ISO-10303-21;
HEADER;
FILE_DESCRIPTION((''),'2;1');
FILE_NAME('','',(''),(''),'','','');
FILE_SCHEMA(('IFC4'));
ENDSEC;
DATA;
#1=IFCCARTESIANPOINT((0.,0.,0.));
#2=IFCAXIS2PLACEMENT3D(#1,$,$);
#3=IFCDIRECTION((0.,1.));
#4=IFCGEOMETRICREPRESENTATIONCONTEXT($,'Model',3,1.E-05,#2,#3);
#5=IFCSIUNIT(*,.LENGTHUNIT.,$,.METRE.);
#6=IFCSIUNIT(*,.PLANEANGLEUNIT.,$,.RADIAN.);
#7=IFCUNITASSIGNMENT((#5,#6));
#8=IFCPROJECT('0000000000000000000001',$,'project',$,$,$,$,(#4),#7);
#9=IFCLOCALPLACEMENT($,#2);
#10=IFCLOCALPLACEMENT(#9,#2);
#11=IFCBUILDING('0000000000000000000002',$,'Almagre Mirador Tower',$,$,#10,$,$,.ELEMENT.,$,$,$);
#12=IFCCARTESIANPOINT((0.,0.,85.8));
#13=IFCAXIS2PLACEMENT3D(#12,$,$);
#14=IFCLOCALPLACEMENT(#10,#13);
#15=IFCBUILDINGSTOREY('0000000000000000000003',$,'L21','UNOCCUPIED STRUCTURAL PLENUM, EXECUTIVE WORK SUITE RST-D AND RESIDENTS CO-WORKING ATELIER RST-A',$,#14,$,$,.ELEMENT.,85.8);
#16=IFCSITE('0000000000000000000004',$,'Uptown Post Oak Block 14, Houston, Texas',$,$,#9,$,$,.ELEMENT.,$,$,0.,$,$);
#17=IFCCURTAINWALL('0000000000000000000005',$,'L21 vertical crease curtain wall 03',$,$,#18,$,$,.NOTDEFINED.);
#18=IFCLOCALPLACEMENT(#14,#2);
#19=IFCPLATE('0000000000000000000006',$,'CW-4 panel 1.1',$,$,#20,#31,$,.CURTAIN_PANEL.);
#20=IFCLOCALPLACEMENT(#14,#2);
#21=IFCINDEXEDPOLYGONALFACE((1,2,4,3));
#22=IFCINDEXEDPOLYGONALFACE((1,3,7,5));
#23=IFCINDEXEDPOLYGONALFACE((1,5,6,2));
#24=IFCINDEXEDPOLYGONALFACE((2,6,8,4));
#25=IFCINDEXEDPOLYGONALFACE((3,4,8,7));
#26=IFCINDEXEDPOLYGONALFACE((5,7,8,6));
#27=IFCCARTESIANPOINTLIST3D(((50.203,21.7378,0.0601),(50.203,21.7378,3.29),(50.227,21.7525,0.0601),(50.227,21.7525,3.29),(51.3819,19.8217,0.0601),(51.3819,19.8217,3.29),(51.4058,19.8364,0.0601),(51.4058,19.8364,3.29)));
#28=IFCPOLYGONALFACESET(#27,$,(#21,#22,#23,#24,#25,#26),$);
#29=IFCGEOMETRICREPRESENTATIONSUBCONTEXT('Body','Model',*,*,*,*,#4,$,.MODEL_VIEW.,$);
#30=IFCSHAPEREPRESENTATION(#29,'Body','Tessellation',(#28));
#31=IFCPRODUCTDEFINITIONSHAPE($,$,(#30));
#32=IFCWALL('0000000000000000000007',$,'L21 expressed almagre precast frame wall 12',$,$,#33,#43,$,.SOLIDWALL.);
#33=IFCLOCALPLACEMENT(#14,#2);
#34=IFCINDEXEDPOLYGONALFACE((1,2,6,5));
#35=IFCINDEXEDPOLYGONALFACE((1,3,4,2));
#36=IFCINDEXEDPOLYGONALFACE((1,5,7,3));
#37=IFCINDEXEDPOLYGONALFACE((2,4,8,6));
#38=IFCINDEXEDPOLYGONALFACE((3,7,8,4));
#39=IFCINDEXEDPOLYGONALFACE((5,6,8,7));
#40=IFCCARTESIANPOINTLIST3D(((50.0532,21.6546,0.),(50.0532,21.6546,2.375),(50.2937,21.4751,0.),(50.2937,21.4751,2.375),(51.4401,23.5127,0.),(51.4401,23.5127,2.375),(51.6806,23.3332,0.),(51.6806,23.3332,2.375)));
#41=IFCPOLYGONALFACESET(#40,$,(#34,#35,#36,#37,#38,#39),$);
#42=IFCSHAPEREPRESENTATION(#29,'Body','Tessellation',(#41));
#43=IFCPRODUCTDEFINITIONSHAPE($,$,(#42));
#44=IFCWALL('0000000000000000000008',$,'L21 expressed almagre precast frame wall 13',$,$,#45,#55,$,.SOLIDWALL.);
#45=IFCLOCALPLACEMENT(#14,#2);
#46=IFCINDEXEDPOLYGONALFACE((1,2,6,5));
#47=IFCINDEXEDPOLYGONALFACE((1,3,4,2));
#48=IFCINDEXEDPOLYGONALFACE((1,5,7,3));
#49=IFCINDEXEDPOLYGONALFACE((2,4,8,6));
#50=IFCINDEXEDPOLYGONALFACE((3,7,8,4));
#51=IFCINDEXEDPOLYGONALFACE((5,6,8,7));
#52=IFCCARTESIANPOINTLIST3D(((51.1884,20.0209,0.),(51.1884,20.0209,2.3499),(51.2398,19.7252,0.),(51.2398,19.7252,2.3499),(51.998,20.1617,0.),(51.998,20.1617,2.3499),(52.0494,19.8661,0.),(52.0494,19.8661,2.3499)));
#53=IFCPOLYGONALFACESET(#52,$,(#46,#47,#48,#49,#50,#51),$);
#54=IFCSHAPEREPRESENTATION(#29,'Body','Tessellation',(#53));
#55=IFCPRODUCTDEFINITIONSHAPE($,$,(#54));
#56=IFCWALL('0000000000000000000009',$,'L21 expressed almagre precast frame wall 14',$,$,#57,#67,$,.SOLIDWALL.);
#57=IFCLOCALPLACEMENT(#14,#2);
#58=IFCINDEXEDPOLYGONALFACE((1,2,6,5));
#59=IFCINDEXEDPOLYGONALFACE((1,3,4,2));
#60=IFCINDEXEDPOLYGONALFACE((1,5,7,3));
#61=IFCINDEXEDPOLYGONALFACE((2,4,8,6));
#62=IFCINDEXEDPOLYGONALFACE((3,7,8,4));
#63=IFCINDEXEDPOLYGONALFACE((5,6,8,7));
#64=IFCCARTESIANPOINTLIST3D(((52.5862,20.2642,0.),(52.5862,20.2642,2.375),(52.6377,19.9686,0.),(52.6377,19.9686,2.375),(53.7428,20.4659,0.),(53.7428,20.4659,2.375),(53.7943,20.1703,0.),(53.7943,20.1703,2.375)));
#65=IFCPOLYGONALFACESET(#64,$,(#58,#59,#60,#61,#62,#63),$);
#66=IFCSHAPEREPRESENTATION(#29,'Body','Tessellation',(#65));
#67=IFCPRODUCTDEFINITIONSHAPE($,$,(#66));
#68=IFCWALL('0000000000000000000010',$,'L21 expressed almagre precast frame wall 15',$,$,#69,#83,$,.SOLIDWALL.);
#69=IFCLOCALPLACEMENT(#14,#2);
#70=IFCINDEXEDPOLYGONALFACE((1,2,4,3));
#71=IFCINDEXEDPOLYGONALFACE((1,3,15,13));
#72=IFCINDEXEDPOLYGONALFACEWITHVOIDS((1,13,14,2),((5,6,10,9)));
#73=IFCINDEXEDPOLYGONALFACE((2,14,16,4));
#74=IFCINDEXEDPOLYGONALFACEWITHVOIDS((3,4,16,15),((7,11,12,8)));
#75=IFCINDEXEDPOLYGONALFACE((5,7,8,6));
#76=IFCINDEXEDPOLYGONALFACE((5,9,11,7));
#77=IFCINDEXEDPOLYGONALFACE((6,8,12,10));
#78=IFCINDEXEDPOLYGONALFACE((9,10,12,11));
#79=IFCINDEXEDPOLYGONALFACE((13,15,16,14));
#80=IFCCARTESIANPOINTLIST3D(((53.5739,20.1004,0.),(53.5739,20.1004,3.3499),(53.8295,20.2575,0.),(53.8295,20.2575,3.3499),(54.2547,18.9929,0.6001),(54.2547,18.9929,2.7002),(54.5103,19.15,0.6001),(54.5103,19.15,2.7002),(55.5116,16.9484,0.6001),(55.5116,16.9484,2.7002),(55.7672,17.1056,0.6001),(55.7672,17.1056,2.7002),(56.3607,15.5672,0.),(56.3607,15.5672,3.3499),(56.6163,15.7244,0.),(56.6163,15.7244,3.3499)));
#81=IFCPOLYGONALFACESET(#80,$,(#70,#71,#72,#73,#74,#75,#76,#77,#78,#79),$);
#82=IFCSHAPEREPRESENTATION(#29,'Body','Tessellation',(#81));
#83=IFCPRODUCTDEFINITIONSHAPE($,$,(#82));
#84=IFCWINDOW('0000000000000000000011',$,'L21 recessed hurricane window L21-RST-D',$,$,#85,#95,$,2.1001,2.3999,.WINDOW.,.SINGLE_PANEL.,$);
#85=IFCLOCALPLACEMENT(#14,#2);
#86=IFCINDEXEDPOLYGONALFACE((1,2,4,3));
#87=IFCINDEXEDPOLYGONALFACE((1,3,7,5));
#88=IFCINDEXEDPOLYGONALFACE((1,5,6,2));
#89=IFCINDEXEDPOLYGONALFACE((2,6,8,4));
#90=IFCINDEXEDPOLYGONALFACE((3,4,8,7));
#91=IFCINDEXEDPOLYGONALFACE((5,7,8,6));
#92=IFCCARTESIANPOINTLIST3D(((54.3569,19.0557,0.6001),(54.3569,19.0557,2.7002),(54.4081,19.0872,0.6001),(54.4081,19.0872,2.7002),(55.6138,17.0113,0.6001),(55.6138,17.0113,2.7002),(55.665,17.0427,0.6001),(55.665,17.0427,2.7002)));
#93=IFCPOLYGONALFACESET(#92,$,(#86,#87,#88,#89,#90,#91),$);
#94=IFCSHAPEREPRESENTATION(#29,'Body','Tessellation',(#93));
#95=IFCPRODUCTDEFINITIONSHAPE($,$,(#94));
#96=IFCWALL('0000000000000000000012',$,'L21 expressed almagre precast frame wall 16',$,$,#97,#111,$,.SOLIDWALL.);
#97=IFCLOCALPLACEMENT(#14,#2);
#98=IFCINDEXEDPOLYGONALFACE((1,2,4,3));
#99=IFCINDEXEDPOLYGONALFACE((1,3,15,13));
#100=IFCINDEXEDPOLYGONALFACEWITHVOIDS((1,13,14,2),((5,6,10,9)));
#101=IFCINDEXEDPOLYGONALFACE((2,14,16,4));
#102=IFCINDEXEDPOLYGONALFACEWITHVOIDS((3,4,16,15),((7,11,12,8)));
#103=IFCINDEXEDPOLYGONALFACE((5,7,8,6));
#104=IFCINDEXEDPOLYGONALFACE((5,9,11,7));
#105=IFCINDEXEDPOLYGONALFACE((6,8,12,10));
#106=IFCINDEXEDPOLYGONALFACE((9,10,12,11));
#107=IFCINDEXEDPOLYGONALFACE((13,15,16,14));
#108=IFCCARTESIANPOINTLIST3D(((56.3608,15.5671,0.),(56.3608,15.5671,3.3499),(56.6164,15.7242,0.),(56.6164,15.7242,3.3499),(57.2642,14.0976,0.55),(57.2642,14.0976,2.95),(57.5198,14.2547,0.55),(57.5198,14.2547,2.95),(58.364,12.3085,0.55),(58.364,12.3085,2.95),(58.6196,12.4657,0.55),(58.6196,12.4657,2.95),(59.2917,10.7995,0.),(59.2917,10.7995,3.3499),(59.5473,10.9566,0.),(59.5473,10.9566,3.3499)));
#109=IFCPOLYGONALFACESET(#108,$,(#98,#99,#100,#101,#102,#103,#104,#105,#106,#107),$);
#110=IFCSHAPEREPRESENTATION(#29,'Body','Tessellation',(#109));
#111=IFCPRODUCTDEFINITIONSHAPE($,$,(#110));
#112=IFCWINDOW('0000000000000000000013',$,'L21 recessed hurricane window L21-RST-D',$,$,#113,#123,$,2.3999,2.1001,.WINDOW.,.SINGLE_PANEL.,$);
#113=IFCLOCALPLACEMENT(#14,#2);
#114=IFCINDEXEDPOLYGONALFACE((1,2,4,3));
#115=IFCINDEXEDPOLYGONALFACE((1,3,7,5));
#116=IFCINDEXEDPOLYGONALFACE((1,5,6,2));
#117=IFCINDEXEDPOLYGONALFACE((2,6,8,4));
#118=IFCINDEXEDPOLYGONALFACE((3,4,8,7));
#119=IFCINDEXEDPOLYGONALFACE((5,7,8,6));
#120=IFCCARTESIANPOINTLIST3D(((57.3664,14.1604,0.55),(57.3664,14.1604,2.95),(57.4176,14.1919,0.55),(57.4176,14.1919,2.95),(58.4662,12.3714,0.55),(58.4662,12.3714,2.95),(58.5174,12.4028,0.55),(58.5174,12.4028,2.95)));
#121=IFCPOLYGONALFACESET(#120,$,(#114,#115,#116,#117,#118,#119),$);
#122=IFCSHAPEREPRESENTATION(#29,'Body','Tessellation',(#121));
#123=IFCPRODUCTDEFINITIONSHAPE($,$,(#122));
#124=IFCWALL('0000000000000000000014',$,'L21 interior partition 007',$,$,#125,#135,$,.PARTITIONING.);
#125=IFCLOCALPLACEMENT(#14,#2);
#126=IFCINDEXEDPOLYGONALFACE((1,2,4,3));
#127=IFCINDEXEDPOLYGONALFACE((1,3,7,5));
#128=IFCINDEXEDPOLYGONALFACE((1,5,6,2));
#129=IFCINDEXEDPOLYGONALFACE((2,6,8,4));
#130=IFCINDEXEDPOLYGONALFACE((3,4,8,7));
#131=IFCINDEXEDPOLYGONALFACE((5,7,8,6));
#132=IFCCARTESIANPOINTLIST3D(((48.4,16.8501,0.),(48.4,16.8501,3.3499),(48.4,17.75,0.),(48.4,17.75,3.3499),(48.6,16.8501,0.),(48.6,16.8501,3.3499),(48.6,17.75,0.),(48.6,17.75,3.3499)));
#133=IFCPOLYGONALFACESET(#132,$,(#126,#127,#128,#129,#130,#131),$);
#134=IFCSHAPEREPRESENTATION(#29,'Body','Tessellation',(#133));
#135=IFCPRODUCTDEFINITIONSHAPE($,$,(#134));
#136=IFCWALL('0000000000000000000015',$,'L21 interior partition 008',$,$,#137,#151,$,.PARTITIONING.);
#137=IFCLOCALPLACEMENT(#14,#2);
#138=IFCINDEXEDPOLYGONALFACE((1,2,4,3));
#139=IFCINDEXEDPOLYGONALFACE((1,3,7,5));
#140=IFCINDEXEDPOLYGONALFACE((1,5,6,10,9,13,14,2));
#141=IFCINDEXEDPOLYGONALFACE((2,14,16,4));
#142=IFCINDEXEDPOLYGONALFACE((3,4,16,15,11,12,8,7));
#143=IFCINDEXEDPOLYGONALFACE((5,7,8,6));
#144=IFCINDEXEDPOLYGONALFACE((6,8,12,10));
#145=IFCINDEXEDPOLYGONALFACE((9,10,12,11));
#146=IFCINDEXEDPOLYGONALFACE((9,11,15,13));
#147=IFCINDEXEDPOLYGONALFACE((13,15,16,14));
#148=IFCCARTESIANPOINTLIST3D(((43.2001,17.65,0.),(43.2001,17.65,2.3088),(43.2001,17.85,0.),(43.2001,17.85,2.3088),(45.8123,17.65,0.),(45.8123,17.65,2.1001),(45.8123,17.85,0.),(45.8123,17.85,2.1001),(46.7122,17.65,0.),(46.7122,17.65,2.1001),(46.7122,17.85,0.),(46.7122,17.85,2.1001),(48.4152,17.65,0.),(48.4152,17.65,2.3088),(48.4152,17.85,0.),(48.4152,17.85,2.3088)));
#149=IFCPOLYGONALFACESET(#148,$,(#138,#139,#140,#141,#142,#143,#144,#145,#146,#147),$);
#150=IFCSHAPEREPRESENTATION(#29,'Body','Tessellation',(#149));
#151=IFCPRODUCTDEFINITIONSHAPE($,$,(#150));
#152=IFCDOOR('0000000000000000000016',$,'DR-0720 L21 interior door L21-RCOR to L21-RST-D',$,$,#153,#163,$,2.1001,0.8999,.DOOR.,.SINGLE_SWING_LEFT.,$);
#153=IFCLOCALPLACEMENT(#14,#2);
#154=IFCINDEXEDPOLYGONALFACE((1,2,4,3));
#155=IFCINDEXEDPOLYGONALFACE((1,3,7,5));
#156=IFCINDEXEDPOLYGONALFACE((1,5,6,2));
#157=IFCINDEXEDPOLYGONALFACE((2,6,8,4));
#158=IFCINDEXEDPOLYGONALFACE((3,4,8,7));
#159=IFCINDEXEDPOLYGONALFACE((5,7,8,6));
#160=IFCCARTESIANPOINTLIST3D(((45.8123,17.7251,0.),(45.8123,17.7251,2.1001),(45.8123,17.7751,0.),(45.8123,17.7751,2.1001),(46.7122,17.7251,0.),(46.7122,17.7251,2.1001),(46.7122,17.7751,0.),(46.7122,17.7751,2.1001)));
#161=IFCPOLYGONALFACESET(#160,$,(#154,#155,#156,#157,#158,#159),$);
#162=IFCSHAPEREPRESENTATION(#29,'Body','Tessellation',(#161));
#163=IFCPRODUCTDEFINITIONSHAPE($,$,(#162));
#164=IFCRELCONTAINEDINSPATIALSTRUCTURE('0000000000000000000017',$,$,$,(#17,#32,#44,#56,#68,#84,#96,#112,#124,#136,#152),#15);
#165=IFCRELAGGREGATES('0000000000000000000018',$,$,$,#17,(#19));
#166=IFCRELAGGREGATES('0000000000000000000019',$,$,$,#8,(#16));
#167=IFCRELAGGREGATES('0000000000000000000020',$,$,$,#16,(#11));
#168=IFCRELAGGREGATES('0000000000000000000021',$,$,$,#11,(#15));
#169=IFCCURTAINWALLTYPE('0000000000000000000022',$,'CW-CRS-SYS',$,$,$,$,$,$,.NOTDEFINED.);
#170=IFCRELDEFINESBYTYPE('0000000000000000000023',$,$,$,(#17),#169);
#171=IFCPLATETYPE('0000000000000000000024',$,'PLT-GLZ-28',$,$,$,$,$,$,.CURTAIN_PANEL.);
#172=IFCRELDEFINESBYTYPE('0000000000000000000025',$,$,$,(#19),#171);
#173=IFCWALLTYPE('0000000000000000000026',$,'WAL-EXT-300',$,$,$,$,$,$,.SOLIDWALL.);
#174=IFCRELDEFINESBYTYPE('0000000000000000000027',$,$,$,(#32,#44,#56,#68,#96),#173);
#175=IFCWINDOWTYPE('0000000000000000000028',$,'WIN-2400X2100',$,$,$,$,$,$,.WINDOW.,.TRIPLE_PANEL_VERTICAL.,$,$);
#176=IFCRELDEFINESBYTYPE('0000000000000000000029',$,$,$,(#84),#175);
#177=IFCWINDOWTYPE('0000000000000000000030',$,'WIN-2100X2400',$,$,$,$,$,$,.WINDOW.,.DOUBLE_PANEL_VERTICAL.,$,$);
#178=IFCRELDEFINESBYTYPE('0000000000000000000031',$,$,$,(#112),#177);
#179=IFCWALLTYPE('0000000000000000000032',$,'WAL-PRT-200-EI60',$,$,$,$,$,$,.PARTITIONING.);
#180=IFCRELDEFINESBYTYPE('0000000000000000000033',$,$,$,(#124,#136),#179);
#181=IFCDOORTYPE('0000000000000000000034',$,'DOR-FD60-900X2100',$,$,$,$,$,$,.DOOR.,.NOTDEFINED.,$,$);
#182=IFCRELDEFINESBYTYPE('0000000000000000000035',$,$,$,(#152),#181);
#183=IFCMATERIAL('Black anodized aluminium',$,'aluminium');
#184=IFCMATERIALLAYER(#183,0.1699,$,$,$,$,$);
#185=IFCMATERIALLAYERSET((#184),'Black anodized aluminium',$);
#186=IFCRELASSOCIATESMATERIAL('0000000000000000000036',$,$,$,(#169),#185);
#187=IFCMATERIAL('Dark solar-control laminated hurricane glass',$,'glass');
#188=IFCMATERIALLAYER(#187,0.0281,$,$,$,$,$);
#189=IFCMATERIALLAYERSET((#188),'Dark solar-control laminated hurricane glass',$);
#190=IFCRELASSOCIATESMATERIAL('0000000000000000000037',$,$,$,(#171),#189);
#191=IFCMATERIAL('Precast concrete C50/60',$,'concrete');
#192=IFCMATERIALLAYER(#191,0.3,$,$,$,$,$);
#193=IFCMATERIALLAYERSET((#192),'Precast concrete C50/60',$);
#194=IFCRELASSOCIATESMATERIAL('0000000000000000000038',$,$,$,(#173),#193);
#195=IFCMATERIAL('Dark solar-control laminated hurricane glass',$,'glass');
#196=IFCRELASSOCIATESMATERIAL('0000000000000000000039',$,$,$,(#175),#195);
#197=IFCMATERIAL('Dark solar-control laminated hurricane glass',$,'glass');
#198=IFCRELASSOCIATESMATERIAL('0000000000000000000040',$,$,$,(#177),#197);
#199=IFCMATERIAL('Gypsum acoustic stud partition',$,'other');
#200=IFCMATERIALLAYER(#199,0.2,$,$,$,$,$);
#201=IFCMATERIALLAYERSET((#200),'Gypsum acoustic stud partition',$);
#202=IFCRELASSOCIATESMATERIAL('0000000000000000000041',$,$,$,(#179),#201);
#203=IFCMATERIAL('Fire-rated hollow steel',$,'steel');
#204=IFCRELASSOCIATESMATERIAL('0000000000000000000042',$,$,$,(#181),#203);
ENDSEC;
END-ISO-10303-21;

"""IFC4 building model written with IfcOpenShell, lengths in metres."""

from ifc_helpers import new_model, si_unit, direction, frame, frame_2d, origin, origin_2d, place, context, subcontext, project, spatial, rectangle, extrude, material, layer, layer_set, type_object, element, fill, aggregate, save


model = new_model("IFC4")

# Units and contexts
model_context = context("Model", 3, precision=1e-05, world=origin(), true_north=direction((0.0, 1.0)))
body_context = subcontext(model_context, "Body", "Model", "MODEL_VIEW")
ifc_project = project(units=[si_unit("LENGTHUNIT", "METRE"), si_unit("PLANEANGLEUNIT", "RADIAN")], contexts=[model_context])

# Site, building, storey
site_placement = place(None, origin())
site = spatial("IfcSite", under=ifc_project, at=site_placement, Name="Uptown Post Oak Block 14, Houston, Texas", CompositionType="ELEMENT", RefElevation=0.0)
building_placement = place(site_placement, origin())
building = spatial("IfcBuilding", under=site, at=building_placement, Name="Almagre Mirador Tower", CompositionType="ELEMENT")
storey_placement = place(building_placement, frame((0.0, 0.0, 85.8)))
storey = spatial("IfcBuildingStorey", under=building, at=storey_placement, Name="L21", Description="UNOCCUPIED STRUCTURAL PLENUM, EXECUTIVE WORK SUITE RST-D AND RESIDENTS CO-WORKING ATELIER RST-A", CompositionType="ELEMENT", Elevation=85.8)

# Curtain wall, plate
ifc_material_1 = material(Name="Black anodized aluminium", Category="aluminium")
ifc_layer_1 = layer(ifc_material_1, 0.1699)
ifc_layer_set_1 = layer_set([ifc_layer_1], Name="Black anodized aluminium")
curtain_wall_type = type_object("IfcCurtainWallType", Name="CW-CRS-SYS", PredefinedType="NOTDEFINED", material=ifc_layer_set_1)
curtain_wall_placement = place(storey_placement, origin())
curtain_wall = element("IfcCurtainWall", 1, at=curtain_wall_placement, inside=storey, type_object=curtain_wall_type, Name="L21 vertical crease curtain wall 03", PredefinedType="NOTDEFINED")
ifc_material_2 = material(Name="Dark solar-control laminated hurricane glass", Category="glass")
ifc_layer_2 = layer(ifc_material_2, 0.0281)
ifc_layer_set_2 = layer_set([ifc_layer_2], Name="Dark solar-control laminated hurricane glass")
plate_type = type_object("IfcPlateType", Name="PLT-GLZ-28", PredefinedType="CURTAIN_PANEL", material=ifc_layer_set_2)
plate_placement = place(storey_placement, frame((50.8044, 20.7871, 0.0601), z_axis=(0.0, 0.0, 1.0), x_axis=(0.524008, -0.851713, 0.0)))
plate = element("IfcPlate", 2, at=plate_placement, type_object=plate_type, Name="CW-4 panel 1.1", PredefinedType="CURTAIN_PANEL", context=body_context, shape_type="SweptSolid", body=[
    extrude(rectangle(XDim=2.2498, YDim=0.0281, at=origin_2d()), origin(), (0.0, 0.0, 1.0), 3.23),
])
aggregate(curtain_wall, [plate])

# Walls
ifc_material_3 = material(Name="Precast concrete C50/60", Category="concrete")
ifc_layer_3 = layer(ifc_material_3, 0.3)
ifc_layer_set_3 = layer_set([ifc_layer_3], Name="Precast concrete C50/60")
wall_type_1 = type_object("IfcWallType", Name="WAL-EXT-300", PredefinedType="SOLIDWALL", material=ifc_layer_set_3)
wall_1_placement = place(storey_placement, frame((51.5603, 23.4229, 0.0), z_axis=(0.0, 0.0, 1.0), x_axis=(-0.598162, -0.801375, 0.0)))
element("IfcWall", 3, at=wall_1_placement, inside=storey, type_object=wall_type_1, Name="L21 expressed almagre precast frame wall 12", PredefinedType="SOLIDWALL", context=body_context, shape_type="SweptSolid", body=[
    extrude(rectangle(XDim=2.3186, YDim=0.3, at=frame_2d((1.1592, 0.0))), origin(), (0.0, 0.0, 1.0), 2.375),
])
wall_2_placement = place(storey_placement, frame((51.2141, 19.873, 0.0), z_axis=(0.0, 0.0, 1.0), x_axis=(0.985196, 0.171429, 0.0)))
element("IfcWall", 4, at=wall_2_placement, inside=storey, type_object=wall_type_1, Name="L21 expressed almagre precast frame wall 13", PredefinedType="SOLIDWALL", context=body_context, shape_type="SweptSolid", body=[
    extrude(rectangle(XDim=0.8218, YDim=0.3, at=frame_2d((0.4109, 0.0))), origin(), (0.0, 0.0, 1.0), 2.3499),
])
wall_3_placement = place(storey_placement, frame((52.6121, 20.1165, 0.0), z_axis=(0.0, 0.0, 1.0), x_axis=(0.985141, 0.171745, 0.0)))
element("IfcWall", 5, at=wall_3_placement, inside=storey, type_object=wall_type_1, Name="L21 expressed almagre precast frame wall 14", PredefinedType="SOLIDWALL", context=body_context, shape_type="SweptSolid", body=[
    extrude(rectangle(XDim=1.1741, YDim=0.3, at=frame_2d((0.5869, 0.0))), origin(), (0.0, 0.0, 1.0), 2.375),
])

# Walls, openings, windows
wall_4_placement = place(storey_placement, frame((53.7017, 20.179, 0.0), z_axis=(0.0, 0.0, 1.0), x_axis=(0.523716, -0.851893, 0.0)))
wall_4 = element("IfcWall", 6, at=wall_4_placement, inside=storey, type_object=wall_type_1, Name="L21 expressed almagre precast frame wall 15", PredefinedType="SOLIDWALL", context=body_context, shape_type="SweptSolid", body=[
    extrude(rectangle(XDim=5.3213, YDim=0.3, at=frame_2d((2.6606, 0.0))), origin(), (0.0, 0.0, 1.0), 3.3499),
])
opening_1_placement = place(wall_4_placement, frame((1.3, 0.0, 0.6001)))
opening_1 = element("IfcOpeningElement", 7, at=opening_1_placement, cuts=wall_4, PredefinedType="OPENING", context=body_context, shape_type="SweptSolid", body=[
    extrude(rectangle(XDim=2.3999, YDim=2.1001, at=frame_2d((1.2, 1.05))), frame((0.0, 0.1599, 0.0), z_axis=(0.0, -1.0, 0.0), x_axis=(1.0, 0.0, 0.0)), (0.0, 0.0, 1.0), 0.32),
])
ifc_material_4 = material(Name="Dark solar-control laminated hurricane glass", Category="glass")
window_type_1 = type_object("IfcWindowType", Name="WIN-2400X2100", PartitioningType="TRIPLE_PANEL_VERTICAL", PredefinedType="WINDOW", material=ifc_material_4)
window_1_placement = place(opening_1_placement, origin())
window_1 = element("IfcWindow", 8, at=window_1_placement, inside=storey, type_object=window_type_1, Name="L21 recessed hurricane window L21-RST-D", OverallHeight=2.1001, OverallWidth=2.3999, PartitioningType="SINGLE_PANEL", PredefinedType="WINDOW", context=body_context, shape_type="SweptSolid", body=[
    extrude(rectangle(XDim=2.3999, YDim=2.1001, at=frame_2d((1.2, 1.05))), frame((0.0, 0.03, 0.0), z_axis=(0.0, -1.0, 0.0), x_axis=(1.0, 0.0, 0.0)), (0.0, 0.0, 1.0), 0.0601),
])
fill(opening_1, window_1)
wall_5_placement = place(storey_placement, frame((56.4885, 15.6458, 0.0), z_axis=(0.0, 0.0, 1.0), x_axis=(0.52371, -0.851896, 0.0)))
wall_5 = element("IfcWall", 9, at=wall_5_placement, inside=storey, type_object=wall_type_1, Name="L21 expressed almagre precast frame wall 16", PredefinedType="SOLIDWALL", context=body_context, shape_type="SweptSolid", body=[
    extrude(rectangle(XDim=5.5964, YDim=0.3, at=frame_2d((2.7983, 0.0))), origin(), (0.0, 0.0, 1.0), 3.3499),
])
opening_2_placement = place(wall_5_placement, frame((1.7251, 0.0, 0.55)))
opening_2 = element("IfcOpeningElement", 10, at=opening_2_placement, cuts=wall_5, PredefinedType="OPENING", context=body_context, shape_type="SweptSolid", body=[
    extrude(rectangle(XDim=2.1001, YDim=2.3999, at=frame_2d((1.05, 1.2))), frame((0.0, 0.1599, 0.0), z_axis=(0.0, -1.0, 0.0), x_axis=(1.0, 0.0, 0.0)), (0.0, 0.0, 1.0), 0.32),
])
ifc_material_5 = material(Name="Dark solar-control laminated hurricane glass", Category="glass")
window_type_2 = type_object("IfcWindowType", Name="WIN-2100X2400", PartitioningType="DOUBLE_PANEL_VERTICAL", PredefinedType="WINDOW", material=ifc_material_5)
window_2_placement = place(opening_2_placement, origin())
window_2 = element("IfcWindow", 11, at=window_2_placement, inside=storey, type_object=window_type_2, Name="L21 recessed hurricane window L21-RST-D", OverallHeight=2.3999, OverallWidth=2.1001, PartitioningType="SINGLE_PANEL", PredefinedType="WINDOW", context=body_context, shape_type="SweptSolid", body=[
    extrude(rectangle(XDim=2.1001, YDim=2.3999, at=frame_2d((1.05, 1.2))), frame((0.0, 0.03, 0.0), z_axis=(0.0, -1.0, 0.0), x_axis=(1.0, 0.0, 0.0)), (0.0, 0.0, 1.0), 0.0601),
])
fill(opening_2, window_2)

# Wall
ifc_material_6 = material(Name="Gypsum acoustic stud partition", Category="other")
ifc_layer_4 = layer(ifc_material_6, 0.2)
ifc_layer_set_4 = layer_set([ifc_layer_4], Name="Gypsum acoustic stud partition")
wall_type_2 = type_object("IfcWallType", Name="WAL-PRT-200-EI60", PredefinedType="PARTITIONING", material=ifc_layer_set_4)
wall_6_placement = place(storey_placement, frame((48.5, 16.8501, 0.0), z_axis=(0.0, 0.0, 1.0), x_axis=(0.0, 1.0, 0.0)))
element("IfcWall", 12, at=wall_6_placement, inside=storey, type_object=wall_type_2, Name="L21 interior partition 007", PredefinedType="PARTITIONING", context=body_context, shape_type="SweptSolid", body=[
    extrude(rectangle(XDim=0.8999, YDim=0.2, at=frame_2d((0.45, 0.0))), origin(), (0.0, 0.0, 1.0), 3.3499),
])

# Wall, opening, door
wall_7_placement = place(storey_placement, frame((48.415, 17.75, 0.0), z_axis=(0.0, 0.0, 1.0), x_axis=(-1.0, 0.0, 0.0)))
wall_7 = element("IfcWall", 13, at=wall_7_placement, inside=storey, type_object=wall_type_2, Name="L21 interior partition 008", PredefinedType="PARTITIONING", context=body_context, shape_type="SweptSolid", body=[
    extrude(rectangle(XDim=5.2151, YDim=0.2, at=frame_2d((2.6074, 0.0))), origin(), (0.0, 0.0, 1.0), 2.3088),
])
opening_3_placement = place(wall_7_placement, frame((1.7029, 0.0, 0.0)))
opening_3 = element("IfcOpeningElement", 14, at=opening_3_placement, cuts=wall_7, PredefinedType="OPENING", context=body_context, shape_type="SweptSolid", body=[
    extrude(rectangle(XDim=0.8999, YDim=2.1001, at=frame_2d((0.45, 1.05))), frame((0.0, 0.1101, 0.0), z_axis=(0.0, -1.0, 0.0), x_axis=(1.0, 0.0, 0.0)), (0.0, 0.0, 1.0), 0.22),
])
ifc_material_7 = material(Name="Fire-rated hollow steel", Category="steel")
door_type = type_object("IfcDoorType", Name="DOR-FD60-900X2100", OperationType="NOTDEFINED", PredefinedType="DOOR", material=ifc_material_7)
door_placement = place(opening_3_placement, origin())
door = element("IfcDoor", 15, at=door_placement, inside=storey, type_object=door_type, Name="DR-0720 L21 interior door L21-RCOR to L21-RST-D", OperationType="SINGLE_SWING_LEFT", OverallHeight=2.1001, OverallWidth=0.8999, PredefinedType="DOOR", context=body_context, shape_type="SweptSolid", body=[
    extrude(rectangle(XDim=0.8999, YDim=2.1001, at=frame_2d((0.45, 1.05))), frame((0.0, 0.0249, 0.0), z_axis=(0.0, -1.0, 0.0), x_axis=(1.0, 0.0, 0.0)), (0.0, 0.0, 1.0), 0.05),
])
fill(opening_3, door)

save(model, "model.ifc")
